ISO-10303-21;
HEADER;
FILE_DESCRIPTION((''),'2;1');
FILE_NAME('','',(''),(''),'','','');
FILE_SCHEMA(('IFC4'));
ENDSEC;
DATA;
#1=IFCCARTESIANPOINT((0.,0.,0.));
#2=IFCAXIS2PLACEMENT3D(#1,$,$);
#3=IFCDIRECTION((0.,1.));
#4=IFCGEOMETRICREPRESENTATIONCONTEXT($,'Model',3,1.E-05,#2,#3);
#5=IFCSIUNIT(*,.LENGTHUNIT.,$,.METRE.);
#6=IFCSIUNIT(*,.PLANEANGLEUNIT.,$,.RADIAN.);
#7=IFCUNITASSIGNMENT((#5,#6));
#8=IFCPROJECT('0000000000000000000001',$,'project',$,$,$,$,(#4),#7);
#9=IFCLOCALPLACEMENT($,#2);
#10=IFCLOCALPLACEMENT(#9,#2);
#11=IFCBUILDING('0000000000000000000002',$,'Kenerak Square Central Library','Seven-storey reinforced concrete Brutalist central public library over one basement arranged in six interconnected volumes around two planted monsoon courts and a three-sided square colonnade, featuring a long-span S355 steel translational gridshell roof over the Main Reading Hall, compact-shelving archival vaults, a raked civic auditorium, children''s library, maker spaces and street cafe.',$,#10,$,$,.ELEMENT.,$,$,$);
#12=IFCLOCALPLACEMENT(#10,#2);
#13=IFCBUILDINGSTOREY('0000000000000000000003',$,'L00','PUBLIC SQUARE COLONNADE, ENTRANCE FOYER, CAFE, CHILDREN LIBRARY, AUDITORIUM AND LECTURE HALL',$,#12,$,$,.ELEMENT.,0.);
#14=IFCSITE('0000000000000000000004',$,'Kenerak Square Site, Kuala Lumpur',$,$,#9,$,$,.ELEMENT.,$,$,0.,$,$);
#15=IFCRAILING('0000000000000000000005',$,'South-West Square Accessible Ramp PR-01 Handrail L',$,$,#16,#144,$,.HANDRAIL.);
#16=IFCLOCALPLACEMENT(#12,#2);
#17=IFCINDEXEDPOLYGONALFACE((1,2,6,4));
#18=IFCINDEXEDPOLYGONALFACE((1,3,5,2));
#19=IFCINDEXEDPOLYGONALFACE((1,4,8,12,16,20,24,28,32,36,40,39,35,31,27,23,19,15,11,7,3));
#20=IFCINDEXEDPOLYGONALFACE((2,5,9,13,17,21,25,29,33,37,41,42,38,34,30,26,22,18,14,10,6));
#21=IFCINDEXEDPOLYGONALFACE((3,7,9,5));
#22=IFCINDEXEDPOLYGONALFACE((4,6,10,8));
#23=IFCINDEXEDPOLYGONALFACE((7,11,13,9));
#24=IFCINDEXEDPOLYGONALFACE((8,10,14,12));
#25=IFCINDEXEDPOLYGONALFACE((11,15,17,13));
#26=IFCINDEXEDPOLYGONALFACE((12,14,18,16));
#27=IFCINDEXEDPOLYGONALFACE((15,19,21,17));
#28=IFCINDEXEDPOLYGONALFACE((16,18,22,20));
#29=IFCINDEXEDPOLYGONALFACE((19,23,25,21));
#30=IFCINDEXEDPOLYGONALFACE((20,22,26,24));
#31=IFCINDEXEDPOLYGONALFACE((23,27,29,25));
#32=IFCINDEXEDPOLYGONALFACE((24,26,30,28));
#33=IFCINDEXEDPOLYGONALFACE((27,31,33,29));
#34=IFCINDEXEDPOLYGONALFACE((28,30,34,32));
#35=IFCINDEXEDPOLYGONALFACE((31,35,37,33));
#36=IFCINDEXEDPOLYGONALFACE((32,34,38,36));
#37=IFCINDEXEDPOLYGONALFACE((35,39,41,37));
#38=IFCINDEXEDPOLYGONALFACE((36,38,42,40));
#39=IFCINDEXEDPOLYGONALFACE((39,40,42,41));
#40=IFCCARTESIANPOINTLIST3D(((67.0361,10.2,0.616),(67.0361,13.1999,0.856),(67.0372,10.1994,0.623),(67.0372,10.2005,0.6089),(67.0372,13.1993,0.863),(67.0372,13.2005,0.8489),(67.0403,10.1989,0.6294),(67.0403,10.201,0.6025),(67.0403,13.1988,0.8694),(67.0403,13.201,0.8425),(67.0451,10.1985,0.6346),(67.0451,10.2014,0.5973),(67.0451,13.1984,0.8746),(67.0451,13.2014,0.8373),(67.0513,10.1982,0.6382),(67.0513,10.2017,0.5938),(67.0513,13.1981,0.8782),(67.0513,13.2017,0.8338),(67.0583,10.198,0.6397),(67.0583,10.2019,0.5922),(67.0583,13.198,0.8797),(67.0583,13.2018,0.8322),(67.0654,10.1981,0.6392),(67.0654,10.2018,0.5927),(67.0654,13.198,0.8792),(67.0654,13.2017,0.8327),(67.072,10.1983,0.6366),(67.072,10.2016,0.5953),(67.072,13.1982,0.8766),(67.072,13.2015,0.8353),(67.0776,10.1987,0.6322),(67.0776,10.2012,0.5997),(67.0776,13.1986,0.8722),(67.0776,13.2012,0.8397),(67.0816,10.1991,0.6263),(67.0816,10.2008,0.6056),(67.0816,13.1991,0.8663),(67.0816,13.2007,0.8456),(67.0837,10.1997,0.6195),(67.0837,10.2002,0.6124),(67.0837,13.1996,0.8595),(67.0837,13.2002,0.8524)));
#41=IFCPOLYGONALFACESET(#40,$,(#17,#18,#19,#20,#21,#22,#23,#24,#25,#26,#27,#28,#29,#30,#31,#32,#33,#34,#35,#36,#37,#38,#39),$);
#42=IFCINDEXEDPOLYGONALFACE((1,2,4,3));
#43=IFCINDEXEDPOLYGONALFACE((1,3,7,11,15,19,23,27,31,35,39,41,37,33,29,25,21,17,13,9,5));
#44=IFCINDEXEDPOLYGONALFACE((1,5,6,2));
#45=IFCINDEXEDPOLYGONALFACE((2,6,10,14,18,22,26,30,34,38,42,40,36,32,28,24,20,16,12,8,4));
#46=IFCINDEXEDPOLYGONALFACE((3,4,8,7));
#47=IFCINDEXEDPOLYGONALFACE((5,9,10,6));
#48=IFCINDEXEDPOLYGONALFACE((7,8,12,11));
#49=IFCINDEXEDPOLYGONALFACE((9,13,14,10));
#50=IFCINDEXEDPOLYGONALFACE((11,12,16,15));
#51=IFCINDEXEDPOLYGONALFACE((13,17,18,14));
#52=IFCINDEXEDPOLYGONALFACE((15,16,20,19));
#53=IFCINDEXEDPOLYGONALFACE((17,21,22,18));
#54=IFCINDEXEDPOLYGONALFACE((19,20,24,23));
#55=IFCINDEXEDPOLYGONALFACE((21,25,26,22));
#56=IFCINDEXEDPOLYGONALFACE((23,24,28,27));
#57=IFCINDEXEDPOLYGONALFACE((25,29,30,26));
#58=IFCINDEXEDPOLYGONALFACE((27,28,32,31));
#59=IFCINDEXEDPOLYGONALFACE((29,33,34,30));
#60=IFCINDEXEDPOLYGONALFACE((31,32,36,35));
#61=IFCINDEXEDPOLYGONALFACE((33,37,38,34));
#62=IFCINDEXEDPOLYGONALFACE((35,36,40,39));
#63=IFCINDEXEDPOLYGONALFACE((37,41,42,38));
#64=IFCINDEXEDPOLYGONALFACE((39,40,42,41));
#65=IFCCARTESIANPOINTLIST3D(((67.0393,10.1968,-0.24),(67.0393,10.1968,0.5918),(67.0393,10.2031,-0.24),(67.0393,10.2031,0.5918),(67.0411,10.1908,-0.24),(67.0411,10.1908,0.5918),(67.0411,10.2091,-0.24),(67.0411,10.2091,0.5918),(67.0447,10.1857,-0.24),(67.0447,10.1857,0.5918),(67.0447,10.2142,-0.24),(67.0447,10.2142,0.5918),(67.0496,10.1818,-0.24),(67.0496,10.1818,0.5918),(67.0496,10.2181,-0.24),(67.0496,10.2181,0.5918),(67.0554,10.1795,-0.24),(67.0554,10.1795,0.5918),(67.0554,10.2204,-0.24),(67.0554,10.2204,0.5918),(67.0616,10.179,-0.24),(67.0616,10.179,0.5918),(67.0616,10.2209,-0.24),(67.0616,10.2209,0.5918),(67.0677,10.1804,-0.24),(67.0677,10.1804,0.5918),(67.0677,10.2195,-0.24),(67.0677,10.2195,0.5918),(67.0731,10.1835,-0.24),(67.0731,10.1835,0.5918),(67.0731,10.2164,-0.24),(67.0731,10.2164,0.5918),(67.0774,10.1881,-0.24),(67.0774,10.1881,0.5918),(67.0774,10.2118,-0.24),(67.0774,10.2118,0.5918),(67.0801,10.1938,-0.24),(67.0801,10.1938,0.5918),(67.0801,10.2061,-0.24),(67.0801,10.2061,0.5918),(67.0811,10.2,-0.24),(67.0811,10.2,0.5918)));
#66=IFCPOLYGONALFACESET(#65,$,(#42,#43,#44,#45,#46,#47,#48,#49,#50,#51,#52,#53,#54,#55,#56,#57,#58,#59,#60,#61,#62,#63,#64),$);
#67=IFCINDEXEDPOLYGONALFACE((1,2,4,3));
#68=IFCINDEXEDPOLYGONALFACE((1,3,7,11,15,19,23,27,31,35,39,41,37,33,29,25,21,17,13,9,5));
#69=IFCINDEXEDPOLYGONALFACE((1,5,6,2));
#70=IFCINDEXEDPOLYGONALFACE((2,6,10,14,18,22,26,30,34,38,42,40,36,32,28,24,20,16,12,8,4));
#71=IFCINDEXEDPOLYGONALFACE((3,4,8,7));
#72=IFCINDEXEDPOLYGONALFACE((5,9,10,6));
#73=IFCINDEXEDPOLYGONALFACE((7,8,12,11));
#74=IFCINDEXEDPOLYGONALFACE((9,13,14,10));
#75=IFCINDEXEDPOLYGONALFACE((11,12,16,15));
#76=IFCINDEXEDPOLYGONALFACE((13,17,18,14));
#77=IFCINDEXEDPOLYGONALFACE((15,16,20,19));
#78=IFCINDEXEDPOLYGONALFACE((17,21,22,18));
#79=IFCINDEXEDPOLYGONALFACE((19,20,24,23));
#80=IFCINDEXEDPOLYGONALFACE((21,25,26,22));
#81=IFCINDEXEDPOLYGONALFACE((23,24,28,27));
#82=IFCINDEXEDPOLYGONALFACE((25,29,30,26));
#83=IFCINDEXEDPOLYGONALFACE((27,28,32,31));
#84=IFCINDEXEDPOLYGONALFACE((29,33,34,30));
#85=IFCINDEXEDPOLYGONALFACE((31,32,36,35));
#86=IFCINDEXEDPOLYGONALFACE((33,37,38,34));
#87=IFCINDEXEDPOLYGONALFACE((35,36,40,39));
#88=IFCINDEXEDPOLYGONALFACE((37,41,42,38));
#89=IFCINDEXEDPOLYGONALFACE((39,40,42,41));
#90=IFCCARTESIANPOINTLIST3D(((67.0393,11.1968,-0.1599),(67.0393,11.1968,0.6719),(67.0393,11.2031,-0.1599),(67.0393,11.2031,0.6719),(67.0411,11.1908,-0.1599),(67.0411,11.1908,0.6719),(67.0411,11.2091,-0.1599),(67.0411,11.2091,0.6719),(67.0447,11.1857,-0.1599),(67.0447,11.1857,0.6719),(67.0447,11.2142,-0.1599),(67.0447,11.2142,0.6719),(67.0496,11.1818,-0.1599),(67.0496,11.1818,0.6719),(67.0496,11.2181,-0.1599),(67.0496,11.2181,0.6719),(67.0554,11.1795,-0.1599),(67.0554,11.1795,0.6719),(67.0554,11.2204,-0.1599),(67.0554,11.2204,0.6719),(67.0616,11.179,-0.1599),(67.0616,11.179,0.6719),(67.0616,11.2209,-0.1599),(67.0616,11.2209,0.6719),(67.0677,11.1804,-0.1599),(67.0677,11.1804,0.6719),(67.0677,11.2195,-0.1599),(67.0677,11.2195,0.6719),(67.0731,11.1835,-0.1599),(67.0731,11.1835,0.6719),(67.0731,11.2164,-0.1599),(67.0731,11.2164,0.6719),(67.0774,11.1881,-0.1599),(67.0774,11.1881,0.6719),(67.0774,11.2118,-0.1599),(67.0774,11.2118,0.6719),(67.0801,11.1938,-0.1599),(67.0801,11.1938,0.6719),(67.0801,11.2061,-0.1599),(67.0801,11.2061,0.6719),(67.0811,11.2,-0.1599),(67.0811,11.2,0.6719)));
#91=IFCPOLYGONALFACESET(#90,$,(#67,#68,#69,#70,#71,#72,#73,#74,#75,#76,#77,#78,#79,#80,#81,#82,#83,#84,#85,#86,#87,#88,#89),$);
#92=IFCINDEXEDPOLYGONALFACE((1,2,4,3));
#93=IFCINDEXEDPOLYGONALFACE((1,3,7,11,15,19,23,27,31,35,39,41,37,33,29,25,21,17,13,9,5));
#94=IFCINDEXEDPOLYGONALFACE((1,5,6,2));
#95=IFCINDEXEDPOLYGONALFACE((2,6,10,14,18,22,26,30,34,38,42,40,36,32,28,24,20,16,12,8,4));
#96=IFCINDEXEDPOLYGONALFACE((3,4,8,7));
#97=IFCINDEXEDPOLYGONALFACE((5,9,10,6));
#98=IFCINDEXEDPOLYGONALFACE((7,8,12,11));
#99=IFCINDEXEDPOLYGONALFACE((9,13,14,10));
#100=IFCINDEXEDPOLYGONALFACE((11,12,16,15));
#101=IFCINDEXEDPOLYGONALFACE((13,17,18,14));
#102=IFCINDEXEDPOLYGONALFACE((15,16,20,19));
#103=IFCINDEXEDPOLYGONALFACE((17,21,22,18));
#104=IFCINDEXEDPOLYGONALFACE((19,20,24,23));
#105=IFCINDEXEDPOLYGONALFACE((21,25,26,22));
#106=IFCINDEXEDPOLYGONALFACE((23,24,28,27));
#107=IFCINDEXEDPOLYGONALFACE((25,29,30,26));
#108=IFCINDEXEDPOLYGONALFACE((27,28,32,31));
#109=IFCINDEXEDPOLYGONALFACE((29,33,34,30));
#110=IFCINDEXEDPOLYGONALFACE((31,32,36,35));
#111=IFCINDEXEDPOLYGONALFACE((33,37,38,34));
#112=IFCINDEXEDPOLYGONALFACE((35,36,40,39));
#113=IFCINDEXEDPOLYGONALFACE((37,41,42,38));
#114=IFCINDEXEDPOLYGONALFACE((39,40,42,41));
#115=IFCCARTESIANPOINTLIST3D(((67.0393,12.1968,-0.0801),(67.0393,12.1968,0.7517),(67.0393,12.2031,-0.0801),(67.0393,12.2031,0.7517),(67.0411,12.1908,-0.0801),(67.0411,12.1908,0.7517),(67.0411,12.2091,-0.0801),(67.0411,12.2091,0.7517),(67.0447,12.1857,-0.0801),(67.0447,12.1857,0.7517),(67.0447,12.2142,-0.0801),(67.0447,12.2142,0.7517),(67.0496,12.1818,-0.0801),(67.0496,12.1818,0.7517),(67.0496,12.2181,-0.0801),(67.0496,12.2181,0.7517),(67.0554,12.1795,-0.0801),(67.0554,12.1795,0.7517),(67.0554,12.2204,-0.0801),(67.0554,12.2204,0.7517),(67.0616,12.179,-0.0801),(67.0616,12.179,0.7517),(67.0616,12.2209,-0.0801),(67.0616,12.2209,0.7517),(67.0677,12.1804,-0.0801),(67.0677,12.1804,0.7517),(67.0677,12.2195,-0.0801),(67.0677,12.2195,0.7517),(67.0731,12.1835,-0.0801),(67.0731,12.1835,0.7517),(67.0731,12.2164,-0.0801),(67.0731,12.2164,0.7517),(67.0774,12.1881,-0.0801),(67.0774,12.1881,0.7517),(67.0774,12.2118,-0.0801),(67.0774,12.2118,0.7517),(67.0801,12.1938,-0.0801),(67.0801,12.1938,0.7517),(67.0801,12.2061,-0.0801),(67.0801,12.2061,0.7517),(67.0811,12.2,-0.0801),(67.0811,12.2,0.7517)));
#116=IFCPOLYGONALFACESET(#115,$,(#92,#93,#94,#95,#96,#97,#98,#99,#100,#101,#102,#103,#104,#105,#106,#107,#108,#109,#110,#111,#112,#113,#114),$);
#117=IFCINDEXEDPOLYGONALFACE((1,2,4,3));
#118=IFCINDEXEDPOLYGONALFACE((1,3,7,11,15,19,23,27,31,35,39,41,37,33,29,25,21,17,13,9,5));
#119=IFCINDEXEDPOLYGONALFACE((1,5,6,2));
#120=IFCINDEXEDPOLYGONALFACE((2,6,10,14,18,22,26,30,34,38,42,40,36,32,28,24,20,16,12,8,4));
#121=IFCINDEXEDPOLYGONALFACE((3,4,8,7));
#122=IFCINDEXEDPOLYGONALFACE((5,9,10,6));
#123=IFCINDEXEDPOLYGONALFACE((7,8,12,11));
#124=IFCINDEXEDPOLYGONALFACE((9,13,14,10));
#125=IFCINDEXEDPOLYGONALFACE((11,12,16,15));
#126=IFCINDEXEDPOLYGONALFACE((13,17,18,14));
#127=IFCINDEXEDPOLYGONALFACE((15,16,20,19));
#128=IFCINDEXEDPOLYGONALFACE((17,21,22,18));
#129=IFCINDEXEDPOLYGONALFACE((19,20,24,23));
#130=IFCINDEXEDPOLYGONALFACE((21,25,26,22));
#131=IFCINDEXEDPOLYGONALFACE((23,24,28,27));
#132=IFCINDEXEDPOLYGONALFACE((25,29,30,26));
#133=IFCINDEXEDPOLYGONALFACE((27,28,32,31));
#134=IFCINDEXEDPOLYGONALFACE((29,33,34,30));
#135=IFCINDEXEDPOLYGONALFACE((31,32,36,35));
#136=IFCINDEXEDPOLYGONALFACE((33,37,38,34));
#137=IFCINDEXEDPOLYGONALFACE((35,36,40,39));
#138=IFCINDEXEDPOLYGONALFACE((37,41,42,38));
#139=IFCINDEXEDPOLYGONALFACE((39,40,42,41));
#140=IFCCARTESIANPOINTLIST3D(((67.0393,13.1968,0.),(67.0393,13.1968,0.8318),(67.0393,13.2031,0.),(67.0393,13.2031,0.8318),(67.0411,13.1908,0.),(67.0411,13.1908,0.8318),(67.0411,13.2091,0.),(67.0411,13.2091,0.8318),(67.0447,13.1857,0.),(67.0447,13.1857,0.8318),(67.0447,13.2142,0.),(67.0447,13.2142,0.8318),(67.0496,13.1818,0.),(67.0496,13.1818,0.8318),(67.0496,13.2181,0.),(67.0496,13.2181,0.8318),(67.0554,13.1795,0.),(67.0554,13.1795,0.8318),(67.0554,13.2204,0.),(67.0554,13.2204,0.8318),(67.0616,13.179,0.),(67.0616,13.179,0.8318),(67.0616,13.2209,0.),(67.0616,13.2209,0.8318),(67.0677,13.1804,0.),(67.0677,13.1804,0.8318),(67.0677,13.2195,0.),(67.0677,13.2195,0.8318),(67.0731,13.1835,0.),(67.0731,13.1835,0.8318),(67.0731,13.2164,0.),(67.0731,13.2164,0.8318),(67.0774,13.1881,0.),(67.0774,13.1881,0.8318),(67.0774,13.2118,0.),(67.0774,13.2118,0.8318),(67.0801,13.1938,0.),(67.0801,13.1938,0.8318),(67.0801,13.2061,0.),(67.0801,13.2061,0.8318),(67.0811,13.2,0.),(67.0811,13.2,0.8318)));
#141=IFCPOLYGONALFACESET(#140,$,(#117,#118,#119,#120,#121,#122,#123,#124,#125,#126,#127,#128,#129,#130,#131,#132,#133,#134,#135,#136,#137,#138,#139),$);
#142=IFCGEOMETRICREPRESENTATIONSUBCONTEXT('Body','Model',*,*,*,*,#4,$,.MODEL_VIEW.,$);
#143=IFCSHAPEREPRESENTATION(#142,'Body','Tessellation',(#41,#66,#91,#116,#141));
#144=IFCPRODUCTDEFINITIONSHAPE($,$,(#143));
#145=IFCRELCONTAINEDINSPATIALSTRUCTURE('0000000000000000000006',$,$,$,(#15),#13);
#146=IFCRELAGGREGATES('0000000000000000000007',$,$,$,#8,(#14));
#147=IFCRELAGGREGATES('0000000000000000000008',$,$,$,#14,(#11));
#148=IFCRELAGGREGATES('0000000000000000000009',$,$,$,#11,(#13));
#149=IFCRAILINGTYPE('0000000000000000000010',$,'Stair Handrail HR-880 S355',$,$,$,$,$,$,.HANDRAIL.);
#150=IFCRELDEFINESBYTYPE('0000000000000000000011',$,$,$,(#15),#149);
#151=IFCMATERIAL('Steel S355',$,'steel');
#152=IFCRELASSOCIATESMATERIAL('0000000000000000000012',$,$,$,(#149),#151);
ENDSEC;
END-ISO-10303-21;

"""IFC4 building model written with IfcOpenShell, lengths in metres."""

from ifc_helpers import new_model, si_unit, direction, frame, origin, origin_2d, place, context, subcontext, project, spatial, circle, extrude, material, type_object, element, save


model = new_model("IFC4")

# Units and contexts
model_context = context("Model", 3, precision=1e-05, world=origin(), true_north=direction((0.0, 1.0)))
body_context = subcontext(model_context, "Body", "Model", "MODEL_VIEW")
ifc_project = project(units=[si_unit("LENGTHUNIT", "METRE"), si_unit("PLANEANGLEUNIT", "RADIAN")], contexts=[model_context])

# Site, building, storey
site_placement = place(None, origin())
site = spatial("IfcSite", under=ifc_project, at=site_placement, Name="Kenerak Square Site, Kuala Lumpur", CompositionType="ELEMENT", RefElevation=0.0)
building_placement = place(site_placement, origin())
building = spatial("IfcBuilding", under=site, at=building_placement, Name="Kenerak Square Central Library", Description="Seven-storey reinforced concrete Brutalist central public library over one basement arranged in six interconnected volumes around two planted monsoon courts and a three-sided square colonnade, featuring a long-span S355 steel translational gridshell roof over the Main Reading Hall, compact-shelving archival vaults, a raked civic auditorium, children's library, maker spaces and street cafe.", CompositionType="ELEMENT")
storey_placement = place(building_placement, origin())
storey = spatial("IfcBuildingStorey", under=building, at=storey_placement, Name="L00", Description="PUBLIC SQUARE COLONNADE, ENTRANCE FOYER, CAFE, CHILDREN LIBRARY, AUDITORIUM AND LECTURE HALL", CompositionType="ELEMENT", Elevation=0.0)

# Shared definitions
ifc_material_1 = material(Name="Steel S355", Category="steel")

# Railing
railing_type_1 = type_object("IfcRailingType", Name="Stair Handrail HR-880 S355", PredefinedType="HANDRAIL", material=ifc_material_1)
for number, where, name in (
    (1, (67.0601, 10.2, -0.24), "South-West Square Accessible Ramp PR-01 Handrail L"),
):
    element("IfcRailing", number, at=place(storey_placement, frame(where)), inside=storey, type_object=railing_type_1, Name=name, PredefinedType="HANDRAIL", context=body_context, shape_type="SweptSolid", body=[
        extrude(circle(Radius=0.0239, at=origin_2d()), frame((0.0, 0.0, 0.856), z_axis=(0.0, 0.996816, 0.079742), x_axis=(-1.0, 0.0, 0.0)), (0.0, 0.0, 1.0), 3.0095),
        extrude(circle(Radius=0.021, at=origin_2d()), origin(), (0.0, 0.0, 1.0), 0.8318),
        extrude(circle(Radius=0.021, at=origin_2d()), frame((0.0, 1.0, 0.0801)), (0.0, 0.0, 1.0), 0.8318),
        extrude(circle(Radius=0.021, at=origin_2d()), frame((0.0, 2.0, 0.1599)), (0.0, 0.0, 1.0), 0.8318),
        extrude(circle(Radius=0.021, at=origin_2d()), frame((0.0, 3.0, 0.24)), (0.0, 0.0, 1.0), 0.8318),
    ])

save(model, "model.ifc")
